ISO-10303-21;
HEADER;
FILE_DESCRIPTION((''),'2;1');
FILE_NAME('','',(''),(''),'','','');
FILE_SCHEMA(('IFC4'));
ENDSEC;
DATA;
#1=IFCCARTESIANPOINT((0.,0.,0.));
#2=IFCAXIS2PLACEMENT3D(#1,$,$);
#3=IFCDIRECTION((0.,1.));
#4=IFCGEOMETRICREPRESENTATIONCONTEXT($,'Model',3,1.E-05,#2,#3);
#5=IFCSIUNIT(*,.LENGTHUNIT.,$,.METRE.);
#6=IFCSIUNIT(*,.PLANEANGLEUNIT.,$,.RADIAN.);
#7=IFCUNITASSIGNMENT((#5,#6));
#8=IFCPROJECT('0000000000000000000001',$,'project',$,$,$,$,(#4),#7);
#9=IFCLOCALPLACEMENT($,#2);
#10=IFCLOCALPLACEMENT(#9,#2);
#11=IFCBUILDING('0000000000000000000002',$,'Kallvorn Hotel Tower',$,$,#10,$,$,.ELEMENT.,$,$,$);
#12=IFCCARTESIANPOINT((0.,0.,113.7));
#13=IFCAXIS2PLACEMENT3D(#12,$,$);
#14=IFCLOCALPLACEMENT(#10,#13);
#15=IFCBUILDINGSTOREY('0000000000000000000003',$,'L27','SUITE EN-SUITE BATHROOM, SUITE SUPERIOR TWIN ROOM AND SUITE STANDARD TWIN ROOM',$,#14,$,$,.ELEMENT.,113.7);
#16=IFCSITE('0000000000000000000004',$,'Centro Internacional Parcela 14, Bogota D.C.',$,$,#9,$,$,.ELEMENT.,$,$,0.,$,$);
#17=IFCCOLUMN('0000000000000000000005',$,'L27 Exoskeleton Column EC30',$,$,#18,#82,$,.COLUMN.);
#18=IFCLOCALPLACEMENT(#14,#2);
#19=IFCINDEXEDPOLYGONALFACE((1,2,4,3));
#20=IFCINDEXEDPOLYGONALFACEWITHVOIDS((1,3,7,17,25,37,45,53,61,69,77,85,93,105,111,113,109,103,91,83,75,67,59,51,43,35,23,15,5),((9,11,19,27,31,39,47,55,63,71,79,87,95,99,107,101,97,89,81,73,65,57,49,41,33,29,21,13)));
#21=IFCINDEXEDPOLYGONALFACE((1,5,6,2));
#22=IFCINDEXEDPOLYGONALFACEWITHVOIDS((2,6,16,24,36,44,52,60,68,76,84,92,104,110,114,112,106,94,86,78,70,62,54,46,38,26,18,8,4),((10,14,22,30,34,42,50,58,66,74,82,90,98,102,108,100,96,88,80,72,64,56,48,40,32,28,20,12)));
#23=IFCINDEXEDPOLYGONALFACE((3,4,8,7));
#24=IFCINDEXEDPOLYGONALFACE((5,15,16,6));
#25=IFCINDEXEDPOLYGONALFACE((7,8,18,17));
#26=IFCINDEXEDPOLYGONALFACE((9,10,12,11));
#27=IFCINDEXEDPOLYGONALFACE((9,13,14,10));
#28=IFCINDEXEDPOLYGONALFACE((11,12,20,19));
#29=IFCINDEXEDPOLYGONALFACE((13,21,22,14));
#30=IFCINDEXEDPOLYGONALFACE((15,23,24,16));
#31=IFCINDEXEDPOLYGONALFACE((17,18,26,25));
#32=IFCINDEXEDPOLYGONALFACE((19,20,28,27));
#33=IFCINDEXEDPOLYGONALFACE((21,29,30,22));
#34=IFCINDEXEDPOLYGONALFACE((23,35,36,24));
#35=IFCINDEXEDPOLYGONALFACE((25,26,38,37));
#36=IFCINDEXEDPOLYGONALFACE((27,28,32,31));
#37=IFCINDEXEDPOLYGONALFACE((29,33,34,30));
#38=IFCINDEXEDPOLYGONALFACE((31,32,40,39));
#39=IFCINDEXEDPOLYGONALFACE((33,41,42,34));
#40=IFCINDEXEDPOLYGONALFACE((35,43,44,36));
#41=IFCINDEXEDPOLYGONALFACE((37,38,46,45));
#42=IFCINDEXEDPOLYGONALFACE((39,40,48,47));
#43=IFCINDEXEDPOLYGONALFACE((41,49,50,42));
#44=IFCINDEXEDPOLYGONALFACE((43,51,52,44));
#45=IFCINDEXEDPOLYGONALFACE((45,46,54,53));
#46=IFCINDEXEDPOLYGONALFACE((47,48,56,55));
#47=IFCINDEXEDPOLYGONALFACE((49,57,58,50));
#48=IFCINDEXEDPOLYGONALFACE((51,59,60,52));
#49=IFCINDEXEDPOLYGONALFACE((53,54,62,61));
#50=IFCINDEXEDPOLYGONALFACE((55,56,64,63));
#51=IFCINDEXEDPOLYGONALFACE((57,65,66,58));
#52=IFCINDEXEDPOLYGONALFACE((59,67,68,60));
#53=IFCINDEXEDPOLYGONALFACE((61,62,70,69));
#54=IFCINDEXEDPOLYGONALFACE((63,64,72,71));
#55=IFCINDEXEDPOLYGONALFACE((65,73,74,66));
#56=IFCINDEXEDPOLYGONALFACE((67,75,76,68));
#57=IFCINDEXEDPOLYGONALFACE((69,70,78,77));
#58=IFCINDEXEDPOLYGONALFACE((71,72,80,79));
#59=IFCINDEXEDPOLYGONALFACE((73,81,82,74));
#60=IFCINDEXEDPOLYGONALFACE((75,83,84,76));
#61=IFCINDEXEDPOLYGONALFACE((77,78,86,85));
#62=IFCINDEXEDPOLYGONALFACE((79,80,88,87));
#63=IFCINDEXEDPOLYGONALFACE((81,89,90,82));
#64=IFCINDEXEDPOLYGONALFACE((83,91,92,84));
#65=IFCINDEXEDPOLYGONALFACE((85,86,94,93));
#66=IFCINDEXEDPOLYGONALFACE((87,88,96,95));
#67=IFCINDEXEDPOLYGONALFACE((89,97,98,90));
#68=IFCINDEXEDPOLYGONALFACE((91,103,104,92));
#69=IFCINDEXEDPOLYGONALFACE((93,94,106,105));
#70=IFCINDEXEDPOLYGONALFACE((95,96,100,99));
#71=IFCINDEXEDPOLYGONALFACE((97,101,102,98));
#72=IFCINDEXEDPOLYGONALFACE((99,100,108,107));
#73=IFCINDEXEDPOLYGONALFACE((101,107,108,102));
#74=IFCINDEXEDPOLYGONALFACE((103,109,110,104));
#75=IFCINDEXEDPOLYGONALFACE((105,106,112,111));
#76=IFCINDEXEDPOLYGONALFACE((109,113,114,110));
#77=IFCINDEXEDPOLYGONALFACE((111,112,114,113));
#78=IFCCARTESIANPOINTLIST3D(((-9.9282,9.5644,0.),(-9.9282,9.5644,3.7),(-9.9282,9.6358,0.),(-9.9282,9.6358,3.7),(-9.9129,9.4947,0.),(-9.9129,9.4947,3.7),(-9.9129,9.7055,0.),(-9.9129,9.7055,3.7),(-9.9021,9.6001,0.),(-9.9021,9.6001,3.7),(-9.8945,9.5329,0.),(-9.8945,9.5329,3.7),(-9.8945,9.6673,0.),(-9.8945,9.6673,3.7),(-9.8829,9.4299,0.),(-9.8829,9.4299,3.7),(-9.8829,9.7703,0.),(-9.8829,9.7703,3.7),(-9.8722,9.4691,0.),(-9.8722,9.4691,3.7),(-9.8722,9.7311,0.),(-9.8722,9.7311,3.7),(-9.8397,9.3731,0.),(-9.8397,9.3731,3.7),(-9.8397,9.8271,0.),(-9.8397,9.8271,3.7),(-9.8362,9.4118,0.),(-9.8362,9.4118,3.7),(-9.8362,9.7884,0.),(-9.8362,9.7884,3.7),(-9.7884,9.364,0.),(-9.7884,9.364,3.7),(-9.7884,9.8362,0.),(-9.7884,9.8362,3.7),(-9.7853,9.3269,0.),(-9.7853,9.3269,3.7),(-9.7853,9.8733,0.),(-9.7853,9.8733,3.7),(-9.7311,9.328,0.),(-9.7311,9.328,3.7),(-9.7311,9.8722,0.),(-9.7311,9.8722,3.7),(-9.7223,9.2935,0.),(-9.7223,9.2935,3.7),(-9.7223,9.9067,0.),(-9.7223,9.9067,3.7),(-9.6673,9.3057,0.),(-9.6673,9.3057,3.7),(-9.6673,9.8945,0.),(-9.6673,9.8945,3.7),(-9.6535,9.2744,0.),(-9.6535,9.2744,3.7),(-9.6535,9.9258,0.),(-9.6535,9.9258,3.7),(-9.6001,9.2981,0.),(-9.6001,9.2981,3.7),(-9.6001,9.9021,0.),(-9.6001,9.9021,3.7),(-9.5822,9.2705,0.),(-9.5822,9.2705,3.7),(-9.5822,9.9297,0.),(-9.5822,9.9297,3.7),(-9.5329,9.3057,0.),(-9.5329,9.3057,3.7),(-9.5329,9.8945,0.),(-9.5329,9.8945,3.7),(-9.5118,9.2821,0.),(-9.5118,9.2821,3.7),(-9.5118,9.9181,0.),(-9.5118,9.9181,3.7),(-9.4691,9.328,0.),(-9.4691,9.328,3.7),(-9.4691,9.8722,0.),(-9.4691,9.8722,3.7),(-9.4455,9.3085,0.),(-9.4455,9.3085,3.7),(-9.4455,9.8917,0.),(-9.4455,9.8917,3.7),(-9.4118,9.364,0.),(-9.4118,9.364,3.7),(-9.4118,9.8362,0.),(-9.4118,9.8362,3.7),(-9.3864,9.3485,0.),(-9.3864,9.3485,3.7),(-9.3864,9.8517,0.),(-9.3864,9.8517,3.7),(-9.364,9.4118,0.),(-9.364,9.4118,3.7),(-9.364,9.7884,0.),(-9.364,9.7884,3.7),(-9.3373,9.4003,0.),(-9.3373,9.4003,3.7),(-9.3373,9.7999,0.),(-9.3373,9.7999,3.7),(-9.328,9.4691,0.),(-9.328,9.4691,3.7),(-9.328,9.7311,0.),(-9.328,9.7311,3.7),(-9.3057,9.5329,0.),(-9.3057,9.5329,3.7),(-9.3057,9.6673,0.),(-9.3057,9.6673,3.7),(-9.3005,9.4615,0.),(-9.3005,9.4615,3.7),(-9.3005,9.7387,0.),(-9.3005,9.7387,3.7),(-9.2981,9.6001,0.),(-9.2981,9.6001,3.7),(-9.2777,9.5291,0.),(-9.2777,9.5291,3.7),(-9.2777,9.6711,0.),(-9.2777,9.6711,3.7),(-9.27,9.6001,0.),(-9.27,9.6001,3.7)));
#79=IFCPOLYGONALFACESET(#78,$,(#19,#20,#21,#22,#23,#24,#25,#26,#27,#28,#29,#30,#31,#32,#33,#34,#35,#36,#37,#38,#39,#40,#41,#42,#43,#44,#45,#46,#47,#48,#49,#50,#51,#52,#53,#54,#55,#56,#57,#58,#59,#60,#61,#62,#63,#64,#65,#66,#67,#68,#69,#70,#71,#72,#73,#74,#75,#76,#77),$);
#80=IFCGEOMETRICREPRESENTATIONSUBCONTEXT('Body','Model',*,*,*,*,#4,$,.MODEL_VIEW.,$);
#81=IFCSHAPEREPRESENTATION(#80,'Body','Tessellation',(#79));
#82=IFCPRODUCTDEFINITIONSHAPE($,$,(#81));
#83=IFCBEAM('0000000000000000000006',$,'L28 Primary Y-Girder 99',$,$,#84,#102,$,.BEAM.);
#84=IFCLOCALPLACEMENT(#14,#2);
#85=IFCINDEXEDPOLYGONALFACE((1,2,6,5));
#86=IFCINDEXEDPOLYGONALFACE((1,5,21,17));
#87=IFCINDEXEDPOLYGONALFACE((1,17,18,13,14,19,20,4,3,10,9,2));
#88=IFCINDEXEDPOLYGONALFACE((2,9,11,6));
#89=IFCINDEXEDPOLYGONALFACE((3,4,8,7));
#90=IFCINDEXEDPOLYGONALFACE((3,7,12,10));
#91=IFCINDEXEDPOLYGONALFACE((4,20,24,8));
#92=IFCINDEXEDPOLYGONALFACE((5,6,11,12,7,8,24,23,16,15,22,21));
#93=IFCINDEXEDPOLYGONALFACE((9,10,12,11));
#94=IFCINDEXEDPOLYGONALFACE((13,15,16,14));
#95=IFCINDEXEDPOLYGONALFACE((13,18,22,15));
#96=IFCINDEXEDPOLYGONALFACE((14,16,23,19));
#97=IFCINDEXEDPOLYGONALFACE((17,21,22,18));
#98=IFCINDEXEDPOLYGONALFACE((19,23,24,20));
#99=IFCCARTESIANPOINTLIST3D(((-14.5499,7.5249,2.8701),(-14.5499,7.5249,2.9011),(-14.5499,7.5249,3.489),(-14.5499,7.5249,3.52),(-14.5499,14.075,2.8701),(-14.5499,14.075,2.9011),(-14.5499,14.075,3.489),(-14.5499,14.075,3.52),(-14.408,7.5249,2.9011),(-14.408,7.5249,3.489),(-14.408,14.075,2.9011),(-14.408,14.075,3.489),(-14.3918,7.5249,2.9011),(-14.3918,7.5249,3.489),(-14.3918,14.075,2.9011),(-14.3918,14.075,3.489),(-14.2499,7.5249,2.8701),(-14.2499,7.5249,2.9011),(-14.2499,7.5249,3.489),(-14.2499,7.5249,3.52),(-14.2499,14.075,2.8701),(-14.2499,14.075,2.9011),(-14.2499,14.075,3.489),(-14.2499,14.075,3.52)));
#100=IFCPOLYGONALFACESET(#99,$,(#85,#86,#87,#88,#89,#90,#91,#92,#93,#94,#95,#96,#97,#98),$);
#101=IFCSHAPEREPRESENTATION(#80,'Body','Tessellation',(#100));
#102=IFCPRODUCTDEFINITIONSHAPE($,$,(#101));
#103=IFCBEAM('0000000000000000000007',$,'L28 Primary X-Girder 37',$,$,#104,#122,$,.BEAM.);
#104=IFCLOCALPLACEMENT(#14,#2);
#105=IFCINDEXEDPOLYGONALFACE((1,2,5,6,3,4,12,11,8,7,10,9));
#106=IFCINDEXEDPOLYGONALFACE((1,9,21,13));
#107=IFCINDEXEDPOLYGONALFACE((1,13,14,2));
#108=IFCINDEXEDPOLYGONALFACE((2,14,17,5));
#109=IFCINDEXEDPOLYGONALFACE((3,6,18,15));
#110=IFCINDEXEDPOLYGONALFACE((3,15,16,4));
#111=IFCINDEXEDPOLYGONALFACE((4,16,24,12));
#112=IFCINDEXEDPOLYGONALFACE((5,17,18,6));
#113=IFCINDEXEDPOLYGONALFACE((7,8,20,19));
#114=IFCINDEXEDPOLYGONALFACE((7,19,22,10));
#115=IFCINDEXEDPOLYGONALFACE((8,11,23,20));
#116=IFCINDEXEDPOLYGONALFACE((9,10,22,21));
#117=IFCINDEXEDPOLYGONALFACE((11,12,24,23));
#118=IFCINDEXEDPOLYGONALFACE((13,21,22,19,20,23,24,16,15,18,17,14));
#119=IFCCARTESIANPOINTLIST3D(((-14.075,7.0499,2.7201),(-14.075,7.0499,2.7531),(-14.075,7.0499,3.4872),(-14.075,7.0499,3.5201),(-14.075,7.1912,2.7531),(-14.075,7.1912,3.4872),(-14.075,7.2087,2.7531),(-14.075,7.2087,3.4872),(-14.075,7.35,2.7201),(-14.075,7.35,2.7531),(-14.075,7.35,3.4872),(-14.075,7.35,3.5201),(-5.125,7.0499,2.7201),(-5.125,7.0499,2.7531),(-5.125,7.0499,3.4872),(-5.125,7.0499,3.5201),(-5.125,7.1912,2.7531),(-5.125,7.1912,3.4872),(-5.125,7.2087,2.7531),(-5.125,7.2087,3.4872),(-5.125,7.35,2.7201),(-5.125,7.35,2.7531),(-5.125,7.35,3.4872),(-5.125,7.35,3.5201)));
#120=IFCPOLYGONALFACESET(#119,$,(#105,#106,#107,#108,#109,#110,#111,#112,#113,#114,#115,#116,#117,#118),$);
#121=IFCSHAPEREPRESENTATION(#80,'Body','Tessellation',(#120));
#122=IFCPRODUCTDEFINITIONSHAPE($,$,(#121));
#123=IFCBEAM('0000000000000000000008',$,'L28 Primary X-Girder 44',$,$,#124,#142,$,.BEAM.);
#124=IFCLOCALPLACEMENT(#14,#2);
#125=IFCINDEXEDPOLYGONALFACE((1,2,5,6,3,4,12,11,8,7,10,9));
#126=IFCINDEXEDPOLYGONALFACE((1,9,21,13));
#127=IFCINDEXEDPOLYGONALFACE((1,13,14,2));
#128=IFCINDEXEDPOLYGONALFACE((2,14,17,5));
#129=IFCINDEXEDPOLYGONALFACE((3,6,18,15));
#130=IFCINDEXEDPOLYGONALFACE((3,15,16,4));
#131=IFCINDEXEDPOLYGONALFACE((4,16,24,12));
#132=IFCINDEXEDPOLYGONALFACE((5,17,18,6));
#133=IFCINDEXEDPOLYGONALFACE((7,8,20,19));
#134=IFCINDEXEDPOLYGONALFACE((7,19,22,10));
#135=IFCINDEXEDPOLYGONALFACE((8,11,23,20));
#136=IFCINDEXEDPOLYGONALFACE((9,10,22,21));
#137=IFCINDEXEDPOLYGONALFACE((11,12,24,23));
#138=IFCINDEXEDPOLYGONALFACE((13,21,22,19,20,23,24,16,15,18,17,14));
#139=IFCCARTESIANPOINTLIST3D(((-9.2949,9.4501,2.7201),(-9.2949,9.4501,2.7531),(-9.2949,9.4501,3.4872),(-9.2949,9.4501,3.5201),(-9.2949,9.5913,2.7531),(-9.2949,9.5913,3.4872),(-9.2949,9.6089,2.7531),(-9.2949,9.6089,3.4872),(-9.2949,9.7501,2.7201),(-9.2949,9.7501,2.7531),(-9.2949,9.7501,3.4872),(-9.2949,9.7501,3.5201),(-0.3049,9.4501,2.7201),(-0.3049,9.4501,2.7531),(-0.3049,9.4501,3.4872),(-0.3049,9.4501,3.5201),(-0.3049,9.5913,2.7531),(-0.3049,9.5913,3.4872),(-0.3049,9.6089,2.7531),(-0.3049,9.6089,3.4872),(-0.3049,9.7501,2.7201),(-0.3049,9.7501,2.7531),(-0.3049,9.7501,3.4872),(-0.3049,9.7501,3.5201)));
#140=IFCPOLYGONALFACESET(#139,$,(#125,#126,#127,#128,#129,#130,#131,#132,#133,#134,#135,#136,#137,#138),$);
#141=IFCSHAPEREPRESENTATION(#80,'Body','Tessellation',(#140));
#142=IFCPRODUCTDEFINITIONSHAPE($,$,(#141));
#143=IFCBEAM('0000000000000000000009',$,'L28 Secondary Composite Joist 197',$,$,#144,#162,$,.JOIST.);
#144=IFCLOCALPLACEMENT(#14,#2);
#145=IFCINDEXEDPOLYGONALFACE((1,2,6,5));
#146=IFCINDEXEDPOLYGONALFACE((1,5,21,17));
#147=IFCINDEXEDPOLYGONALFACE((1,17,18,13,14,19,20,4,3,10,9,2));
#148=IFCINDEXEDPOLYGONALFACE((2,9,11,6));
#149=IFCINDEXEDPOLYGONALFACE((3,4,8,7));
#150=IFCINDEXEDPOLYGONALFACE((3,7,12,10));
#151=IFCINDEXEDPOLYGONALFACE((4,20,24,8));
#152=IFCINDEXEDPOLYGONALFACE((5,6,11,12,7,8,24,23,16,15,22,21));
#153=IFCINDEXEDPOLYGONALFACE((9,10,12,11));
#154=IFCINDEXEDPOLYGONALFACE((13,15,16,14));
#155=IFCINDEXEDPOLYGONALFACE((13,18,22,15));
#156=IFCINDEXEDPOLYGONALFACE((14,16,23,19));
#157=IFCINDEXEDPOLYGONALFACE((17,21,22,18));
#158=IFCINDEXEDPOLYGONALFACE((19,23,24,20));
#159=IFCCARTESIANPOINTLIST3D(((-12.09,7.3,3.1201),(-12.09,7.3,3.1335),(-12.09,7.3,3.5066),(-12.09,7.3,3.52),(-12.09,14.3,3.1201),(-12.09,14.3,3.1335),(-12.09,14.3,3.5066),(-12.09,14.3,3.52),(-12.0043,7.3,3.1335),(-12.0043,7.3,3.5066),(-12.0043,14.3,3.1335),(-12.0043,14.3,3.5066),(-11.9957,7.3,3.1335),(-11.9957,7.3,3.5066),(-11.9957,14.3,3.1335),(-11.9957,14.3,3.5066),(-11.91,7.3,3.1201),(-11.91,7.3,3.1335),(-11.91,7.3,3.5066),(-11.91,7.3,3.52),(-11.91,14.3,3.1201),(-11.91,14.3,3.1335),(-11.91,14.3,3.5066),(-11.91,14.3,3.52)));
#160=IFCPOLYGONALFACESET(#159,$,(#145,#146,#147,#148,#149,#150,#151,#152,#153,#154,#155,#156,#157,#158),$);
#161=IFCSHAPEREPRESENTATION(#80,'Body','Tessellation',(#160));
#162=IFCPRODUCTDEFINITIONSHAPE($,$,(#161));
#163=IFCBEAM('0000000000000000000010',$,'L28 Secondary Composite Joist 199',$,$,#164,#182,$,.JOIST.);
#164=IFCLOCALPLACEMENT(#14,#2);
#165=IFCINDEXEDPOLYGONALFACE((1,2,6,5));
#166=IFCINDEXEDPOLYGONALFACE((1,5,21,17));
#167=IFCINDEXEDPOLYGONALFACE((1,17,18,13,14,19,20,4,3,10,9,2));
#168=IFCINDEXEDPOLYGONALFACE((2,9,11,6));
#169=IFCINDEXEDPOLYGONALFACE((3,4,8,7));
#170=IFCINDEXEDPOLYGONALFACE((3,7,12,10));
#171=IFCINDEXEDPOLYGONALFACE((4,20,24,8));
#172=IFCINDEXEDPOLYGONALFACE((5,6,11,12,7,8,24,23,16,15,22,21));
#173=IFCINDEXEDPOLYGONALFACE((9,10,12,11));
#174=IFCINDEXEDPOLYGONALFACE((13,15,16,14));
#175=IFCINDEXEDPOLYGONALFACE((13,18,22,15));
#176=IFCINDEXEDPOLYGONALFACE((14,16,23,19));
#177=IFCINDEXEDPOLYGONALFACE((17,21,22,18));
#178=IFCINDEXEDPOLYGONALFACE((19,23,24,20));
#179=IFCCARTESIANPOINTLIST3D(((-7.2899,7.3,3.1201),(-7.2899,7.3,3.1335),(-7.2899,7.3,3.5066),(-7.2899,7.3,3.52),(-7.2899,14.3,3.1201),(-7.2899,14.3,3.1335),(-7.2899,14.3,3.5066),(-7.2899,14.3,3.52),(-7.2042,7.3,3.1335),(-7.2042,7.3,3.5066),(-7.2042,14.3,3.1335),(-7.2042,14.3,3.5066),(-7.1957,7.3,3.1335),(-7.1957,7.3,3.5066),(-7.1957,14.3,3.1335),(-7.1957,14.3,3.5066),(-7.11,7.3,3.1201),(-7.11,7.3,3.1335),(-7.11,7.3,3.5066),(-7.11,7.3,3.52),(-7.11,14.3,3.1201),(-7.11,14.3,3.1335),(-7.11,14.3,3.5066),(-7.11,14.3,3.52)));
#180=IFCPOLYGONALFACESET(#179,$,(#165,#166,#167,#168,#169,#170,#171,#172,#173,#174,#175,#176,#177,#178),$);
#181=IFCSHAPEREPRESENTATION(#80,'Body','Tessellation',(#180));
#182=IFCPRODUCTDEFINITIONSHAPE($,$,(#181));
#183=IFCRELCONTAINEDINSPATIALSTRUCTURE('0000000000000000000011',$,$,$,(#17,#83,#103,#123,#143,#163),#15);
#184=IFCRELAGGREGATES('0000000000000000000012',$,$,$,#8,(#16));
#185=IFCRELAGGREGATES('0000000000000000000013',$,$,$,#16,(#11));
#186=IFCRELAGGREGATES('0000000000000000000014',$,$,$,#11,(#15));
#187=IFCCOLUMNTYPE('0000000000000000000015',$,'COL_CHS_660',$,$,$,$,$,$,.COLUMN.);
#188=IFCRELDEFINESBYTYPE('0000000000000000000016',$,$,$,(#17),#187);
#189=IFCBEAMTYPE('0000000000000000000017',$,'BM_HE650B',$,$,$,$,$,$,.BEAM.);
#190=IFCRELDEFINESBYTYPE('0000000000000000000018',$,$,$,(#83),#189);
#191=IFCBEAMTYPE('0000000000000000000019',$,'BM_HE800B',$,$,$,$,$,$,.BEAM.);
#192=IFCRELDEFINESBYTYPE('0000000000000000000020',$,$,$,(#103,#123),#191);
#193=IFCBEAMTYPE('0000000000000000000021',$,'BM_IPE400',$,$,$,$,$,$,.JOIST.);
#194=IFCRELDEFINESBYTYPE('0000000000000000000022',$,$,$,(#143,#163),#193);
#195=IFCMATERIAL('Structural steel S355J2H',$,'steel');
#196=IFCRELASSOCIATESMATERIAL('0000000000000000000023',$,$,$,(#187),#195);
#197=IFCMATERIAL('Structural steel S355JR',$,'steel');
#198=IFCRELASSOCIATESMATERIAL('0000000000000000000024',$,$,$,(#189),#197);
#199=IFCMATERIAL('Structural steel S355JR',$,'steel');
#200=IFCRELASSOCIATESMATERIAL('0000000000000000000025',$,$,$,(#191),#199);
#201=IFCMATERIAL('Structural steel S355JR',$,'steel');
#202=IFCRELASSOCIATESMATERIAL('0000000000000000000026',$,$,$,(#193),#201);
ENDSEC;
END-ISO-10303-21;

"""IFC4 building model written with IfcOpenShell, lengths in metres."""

from ifc_helpers import new_model, si_unit, direction, frame, origin, origin_2d, place, context, subcontext, project, spatial, hollow_circle, i_section, extrude, material, material_profile, profile_set, type_object, element, save


model = new_model("IFC4")

# Units and contexts
model_context = context("Model", 3, precision=1e-05, world=origin(), true_north=direction((0.0, 1.0)))
body_context = subcontext(model_context, "Body", "Model", "MODEL_VIEW")
ifc_project = project(units=[si_unit("LENGTHUNIT", "METRE"), si_unit("PLANEANGLEUNIT", "RADIAN")], contexts=[model_context])

# Site, building, storey
site_placement = place(None, origin())
site = spatial("IfcSite", under=ifc_project, at=site_placement, Name="Centro Internacional Parcela 14, Bogota D.C.", CompositionType="ELEMENT", RefElevation=0.0)
building_placement = place(site_placement, origin())
building = spatial("IfcBuilding", under=site, at=building_placement, Name="Kallvorn Hotel Tower", CompositionType="ELEMENT")
storey_placement = place(building_placement, frame((0.0, 0.0, 113.7)))
storey = spatial("IfcBuildingStorey", under=building, at=storey_placement, Name="L27", Description="SUITE EN-SUITE BATHROOM, SUITE SUPERIOR TWIN ROOM AND SUITE STANDARD TWIN ROOM", CompositionType="ELEMENT", Elevation=113.7)

# Column
ifc_material_1 = material(Name="Structural steel S355J2H", Category="steel")
ifc_material_profile_1 = material_profile(ifc_material_1, hollow_circle(Radius=0.3301, WallThickness=0.0281, at=origin_2d()), Name="CHS 660x28")
ifc_profile_set_1 = profile_set([ifc_material_profile_1], Name="Structural steel S355J2H")
column_type = type_object("IfcColumnType", Name="COL_CHS_660", PredefinedType="COLUMN", material=ifc_profile_set_1)
column_placement = place(storey_placement, frame((-9.6001, 9.6001, 0.0), z_axis=(0.0, 0.0, 1.0), x_axis=(1.0, 0.0, 0.0)))
element("IfcColumn", 1, at=column_placement, inside=storey, type_object=column_type, Name="L27 Exoskeleton Column EC30", PredefinedType="COLUMN", context=body_context, shape_type="SweptSolid", body=[
    extrude(hollow_circle(Radius=0.3301, WallThickness=0.0281, at=origin_2d()), origin(), (0.0, 0.0, 1.0), 3.7),
])

# Beams
ifc_material_2 = material(Name="Structural steel S355JR", Category="steel")
ifc_material_profile_2 = material_profile(ifc_material_2, i_section(OverallWidth=0.3, OverallDepth=0.6499, WebThickness=0.0161, FlangeThickness=0.031, at=origin_2d()), Name="HE 650 B")
ifc_profile_set_2 = profile_set([ifc_material_profile_2], Name="Structural steel S355JR")
beam_type_1 = type_object("IfcBeamType", Name="BM_HE650B", PredefinedType="BEAM", material=ifc_profile_set_2)
beam_1_placement = place(storey_placement, frame((-14.3999, 7.5249, 3.1951), z_axis=(0.0, 1.0, 0.0), x_axis=(-1.0, 0.0, 0.0)))
element("IfcBeam", 2, at=beam_1_placement, inside=storey, type_object=beam_type_1, Name="L28 Primary Y-Girder 99", PredefinedType="BEAM", context=body_context, shape_type="SweptSolid", body=[
    extrude(i_section(OverallWidth=0.3, OverallDepth=0.6499, WebThickness=0.0161, FlangeThickness=0.031, at=origin_2d()), origin(), (0.0, 0.0, 1.0), 6.55),
])
ifc_material_3 = material(Name="Structural steel S355JR", Category="steel")
ifc_material_profile_3 = material_profile(ifc_material_3, i_section(OverallWidth=0.3, OverallDepth=0.8, WebThickness=0.0176, FlangeThickness=0.033, at=origin_2d()), Name="HE 800 B")
ifc_profile_set_3 = profile_set([ifc_material_profile_3], Name="Structural steel S355JR")
beam_type_2 = type_object("IfcBeamType", Name="BM_HE800B", PredefinedType="BEAM", material=ifc_profile_set_3)
beam_2_placement = place(storey_placement, frame((-14.075, 7.2, 3.1201), z_axis=(1.0, 0.0, 0.0), x_axis=(0.0, 1.0, 0.0)))
element("IfcBeam", 3, at=beam_2_placement, inside=storey, type_object=beam_type_2, Name="L28 Primary X-Girder 37", PredefinedType="BEAM", context=body_context, shape_type="SweptSolid", body=[
    extrude(i_section(OverallWidth=0.3, OverallDepth=0.8, WebThickness=0.0176, FlangeThickness=0.033, at=origin_2d()), origin(), (0.0, 0.0, 1.0), 8.95),
])
beam_3_placement = place(storey_placement, frame((-9.2949, 9.6001, 3.1201), z_axis=(1.0, 0.0, 0.0), x_axis=(0.0, 1.0, 0.0)))
element("IfcBeam", 4, at=beam_3_placement, inside=storey, type_object=beam_type_2, Name="L28 Primary X-Girder 44", PredefinedType="BEAM", context=body_context, shape_type="SweptSolid", body=[
    extrude(i_section(OverallWidth=0.3, OverallDepth=0.8, WebThickness=0.0176, FlangeThickness=0.033, at=origin_2d()), origin(), (0.0, 0.0, 1.0), 8.99),
])
ifc_material_4 = material(Name="Structural steel S355JR", Category="steel")
ifc_material_profile_4 = material_profile(ifc_material_4, i_section(OverallWidth=0.1799, OverallDepth=0.3999, WebThickness=0.0085, FlangeThickness=0.0134, at=origin_2d()), Name="IPE 400")
ifc_profile_set_4 = profile_set([ifc_material_profile_4], Name="Structural steel S355JR")
beam_type_3 = type_object("IfcBeamType", Name="BM_IPE400", PredefinedType="JOIST", material=ifc_profile_set_4)
for number, where, z_axis, x_axis, name in (
    (5, (-12.0, 7.3, 3.3201), (0.0, 1.0, 0.0), (-1.0, 0.0, 0.0), "L28 Secondary Composite Joist 197"),
    (6, (-7.2, 7.3, 3.3201), (0.0, 1.0, 0.0), (-1.0, 0.0, 0.0), "L28 Secondary Composite Joist 199"),
):
    element("IfcBeam", number, at=place(storey_placement, frame(where, z_axis=z_axis, x_axis=x_axis)), inside=storey, type_object=beam_type_3, Name=name, PredefinedType="JOIST", context=body_context, shape_type="SweptSolid", body=[
        extrude(i_section(OverallWidth=0.1799, OverallDepth=0.3999, WebThickness=0.0085, FlangeThickness=0.0134, at=origin_2d()), origin(), (0.0, 0.0, 1.0), 7.0),
    ])

save(model, "model.ifc")
